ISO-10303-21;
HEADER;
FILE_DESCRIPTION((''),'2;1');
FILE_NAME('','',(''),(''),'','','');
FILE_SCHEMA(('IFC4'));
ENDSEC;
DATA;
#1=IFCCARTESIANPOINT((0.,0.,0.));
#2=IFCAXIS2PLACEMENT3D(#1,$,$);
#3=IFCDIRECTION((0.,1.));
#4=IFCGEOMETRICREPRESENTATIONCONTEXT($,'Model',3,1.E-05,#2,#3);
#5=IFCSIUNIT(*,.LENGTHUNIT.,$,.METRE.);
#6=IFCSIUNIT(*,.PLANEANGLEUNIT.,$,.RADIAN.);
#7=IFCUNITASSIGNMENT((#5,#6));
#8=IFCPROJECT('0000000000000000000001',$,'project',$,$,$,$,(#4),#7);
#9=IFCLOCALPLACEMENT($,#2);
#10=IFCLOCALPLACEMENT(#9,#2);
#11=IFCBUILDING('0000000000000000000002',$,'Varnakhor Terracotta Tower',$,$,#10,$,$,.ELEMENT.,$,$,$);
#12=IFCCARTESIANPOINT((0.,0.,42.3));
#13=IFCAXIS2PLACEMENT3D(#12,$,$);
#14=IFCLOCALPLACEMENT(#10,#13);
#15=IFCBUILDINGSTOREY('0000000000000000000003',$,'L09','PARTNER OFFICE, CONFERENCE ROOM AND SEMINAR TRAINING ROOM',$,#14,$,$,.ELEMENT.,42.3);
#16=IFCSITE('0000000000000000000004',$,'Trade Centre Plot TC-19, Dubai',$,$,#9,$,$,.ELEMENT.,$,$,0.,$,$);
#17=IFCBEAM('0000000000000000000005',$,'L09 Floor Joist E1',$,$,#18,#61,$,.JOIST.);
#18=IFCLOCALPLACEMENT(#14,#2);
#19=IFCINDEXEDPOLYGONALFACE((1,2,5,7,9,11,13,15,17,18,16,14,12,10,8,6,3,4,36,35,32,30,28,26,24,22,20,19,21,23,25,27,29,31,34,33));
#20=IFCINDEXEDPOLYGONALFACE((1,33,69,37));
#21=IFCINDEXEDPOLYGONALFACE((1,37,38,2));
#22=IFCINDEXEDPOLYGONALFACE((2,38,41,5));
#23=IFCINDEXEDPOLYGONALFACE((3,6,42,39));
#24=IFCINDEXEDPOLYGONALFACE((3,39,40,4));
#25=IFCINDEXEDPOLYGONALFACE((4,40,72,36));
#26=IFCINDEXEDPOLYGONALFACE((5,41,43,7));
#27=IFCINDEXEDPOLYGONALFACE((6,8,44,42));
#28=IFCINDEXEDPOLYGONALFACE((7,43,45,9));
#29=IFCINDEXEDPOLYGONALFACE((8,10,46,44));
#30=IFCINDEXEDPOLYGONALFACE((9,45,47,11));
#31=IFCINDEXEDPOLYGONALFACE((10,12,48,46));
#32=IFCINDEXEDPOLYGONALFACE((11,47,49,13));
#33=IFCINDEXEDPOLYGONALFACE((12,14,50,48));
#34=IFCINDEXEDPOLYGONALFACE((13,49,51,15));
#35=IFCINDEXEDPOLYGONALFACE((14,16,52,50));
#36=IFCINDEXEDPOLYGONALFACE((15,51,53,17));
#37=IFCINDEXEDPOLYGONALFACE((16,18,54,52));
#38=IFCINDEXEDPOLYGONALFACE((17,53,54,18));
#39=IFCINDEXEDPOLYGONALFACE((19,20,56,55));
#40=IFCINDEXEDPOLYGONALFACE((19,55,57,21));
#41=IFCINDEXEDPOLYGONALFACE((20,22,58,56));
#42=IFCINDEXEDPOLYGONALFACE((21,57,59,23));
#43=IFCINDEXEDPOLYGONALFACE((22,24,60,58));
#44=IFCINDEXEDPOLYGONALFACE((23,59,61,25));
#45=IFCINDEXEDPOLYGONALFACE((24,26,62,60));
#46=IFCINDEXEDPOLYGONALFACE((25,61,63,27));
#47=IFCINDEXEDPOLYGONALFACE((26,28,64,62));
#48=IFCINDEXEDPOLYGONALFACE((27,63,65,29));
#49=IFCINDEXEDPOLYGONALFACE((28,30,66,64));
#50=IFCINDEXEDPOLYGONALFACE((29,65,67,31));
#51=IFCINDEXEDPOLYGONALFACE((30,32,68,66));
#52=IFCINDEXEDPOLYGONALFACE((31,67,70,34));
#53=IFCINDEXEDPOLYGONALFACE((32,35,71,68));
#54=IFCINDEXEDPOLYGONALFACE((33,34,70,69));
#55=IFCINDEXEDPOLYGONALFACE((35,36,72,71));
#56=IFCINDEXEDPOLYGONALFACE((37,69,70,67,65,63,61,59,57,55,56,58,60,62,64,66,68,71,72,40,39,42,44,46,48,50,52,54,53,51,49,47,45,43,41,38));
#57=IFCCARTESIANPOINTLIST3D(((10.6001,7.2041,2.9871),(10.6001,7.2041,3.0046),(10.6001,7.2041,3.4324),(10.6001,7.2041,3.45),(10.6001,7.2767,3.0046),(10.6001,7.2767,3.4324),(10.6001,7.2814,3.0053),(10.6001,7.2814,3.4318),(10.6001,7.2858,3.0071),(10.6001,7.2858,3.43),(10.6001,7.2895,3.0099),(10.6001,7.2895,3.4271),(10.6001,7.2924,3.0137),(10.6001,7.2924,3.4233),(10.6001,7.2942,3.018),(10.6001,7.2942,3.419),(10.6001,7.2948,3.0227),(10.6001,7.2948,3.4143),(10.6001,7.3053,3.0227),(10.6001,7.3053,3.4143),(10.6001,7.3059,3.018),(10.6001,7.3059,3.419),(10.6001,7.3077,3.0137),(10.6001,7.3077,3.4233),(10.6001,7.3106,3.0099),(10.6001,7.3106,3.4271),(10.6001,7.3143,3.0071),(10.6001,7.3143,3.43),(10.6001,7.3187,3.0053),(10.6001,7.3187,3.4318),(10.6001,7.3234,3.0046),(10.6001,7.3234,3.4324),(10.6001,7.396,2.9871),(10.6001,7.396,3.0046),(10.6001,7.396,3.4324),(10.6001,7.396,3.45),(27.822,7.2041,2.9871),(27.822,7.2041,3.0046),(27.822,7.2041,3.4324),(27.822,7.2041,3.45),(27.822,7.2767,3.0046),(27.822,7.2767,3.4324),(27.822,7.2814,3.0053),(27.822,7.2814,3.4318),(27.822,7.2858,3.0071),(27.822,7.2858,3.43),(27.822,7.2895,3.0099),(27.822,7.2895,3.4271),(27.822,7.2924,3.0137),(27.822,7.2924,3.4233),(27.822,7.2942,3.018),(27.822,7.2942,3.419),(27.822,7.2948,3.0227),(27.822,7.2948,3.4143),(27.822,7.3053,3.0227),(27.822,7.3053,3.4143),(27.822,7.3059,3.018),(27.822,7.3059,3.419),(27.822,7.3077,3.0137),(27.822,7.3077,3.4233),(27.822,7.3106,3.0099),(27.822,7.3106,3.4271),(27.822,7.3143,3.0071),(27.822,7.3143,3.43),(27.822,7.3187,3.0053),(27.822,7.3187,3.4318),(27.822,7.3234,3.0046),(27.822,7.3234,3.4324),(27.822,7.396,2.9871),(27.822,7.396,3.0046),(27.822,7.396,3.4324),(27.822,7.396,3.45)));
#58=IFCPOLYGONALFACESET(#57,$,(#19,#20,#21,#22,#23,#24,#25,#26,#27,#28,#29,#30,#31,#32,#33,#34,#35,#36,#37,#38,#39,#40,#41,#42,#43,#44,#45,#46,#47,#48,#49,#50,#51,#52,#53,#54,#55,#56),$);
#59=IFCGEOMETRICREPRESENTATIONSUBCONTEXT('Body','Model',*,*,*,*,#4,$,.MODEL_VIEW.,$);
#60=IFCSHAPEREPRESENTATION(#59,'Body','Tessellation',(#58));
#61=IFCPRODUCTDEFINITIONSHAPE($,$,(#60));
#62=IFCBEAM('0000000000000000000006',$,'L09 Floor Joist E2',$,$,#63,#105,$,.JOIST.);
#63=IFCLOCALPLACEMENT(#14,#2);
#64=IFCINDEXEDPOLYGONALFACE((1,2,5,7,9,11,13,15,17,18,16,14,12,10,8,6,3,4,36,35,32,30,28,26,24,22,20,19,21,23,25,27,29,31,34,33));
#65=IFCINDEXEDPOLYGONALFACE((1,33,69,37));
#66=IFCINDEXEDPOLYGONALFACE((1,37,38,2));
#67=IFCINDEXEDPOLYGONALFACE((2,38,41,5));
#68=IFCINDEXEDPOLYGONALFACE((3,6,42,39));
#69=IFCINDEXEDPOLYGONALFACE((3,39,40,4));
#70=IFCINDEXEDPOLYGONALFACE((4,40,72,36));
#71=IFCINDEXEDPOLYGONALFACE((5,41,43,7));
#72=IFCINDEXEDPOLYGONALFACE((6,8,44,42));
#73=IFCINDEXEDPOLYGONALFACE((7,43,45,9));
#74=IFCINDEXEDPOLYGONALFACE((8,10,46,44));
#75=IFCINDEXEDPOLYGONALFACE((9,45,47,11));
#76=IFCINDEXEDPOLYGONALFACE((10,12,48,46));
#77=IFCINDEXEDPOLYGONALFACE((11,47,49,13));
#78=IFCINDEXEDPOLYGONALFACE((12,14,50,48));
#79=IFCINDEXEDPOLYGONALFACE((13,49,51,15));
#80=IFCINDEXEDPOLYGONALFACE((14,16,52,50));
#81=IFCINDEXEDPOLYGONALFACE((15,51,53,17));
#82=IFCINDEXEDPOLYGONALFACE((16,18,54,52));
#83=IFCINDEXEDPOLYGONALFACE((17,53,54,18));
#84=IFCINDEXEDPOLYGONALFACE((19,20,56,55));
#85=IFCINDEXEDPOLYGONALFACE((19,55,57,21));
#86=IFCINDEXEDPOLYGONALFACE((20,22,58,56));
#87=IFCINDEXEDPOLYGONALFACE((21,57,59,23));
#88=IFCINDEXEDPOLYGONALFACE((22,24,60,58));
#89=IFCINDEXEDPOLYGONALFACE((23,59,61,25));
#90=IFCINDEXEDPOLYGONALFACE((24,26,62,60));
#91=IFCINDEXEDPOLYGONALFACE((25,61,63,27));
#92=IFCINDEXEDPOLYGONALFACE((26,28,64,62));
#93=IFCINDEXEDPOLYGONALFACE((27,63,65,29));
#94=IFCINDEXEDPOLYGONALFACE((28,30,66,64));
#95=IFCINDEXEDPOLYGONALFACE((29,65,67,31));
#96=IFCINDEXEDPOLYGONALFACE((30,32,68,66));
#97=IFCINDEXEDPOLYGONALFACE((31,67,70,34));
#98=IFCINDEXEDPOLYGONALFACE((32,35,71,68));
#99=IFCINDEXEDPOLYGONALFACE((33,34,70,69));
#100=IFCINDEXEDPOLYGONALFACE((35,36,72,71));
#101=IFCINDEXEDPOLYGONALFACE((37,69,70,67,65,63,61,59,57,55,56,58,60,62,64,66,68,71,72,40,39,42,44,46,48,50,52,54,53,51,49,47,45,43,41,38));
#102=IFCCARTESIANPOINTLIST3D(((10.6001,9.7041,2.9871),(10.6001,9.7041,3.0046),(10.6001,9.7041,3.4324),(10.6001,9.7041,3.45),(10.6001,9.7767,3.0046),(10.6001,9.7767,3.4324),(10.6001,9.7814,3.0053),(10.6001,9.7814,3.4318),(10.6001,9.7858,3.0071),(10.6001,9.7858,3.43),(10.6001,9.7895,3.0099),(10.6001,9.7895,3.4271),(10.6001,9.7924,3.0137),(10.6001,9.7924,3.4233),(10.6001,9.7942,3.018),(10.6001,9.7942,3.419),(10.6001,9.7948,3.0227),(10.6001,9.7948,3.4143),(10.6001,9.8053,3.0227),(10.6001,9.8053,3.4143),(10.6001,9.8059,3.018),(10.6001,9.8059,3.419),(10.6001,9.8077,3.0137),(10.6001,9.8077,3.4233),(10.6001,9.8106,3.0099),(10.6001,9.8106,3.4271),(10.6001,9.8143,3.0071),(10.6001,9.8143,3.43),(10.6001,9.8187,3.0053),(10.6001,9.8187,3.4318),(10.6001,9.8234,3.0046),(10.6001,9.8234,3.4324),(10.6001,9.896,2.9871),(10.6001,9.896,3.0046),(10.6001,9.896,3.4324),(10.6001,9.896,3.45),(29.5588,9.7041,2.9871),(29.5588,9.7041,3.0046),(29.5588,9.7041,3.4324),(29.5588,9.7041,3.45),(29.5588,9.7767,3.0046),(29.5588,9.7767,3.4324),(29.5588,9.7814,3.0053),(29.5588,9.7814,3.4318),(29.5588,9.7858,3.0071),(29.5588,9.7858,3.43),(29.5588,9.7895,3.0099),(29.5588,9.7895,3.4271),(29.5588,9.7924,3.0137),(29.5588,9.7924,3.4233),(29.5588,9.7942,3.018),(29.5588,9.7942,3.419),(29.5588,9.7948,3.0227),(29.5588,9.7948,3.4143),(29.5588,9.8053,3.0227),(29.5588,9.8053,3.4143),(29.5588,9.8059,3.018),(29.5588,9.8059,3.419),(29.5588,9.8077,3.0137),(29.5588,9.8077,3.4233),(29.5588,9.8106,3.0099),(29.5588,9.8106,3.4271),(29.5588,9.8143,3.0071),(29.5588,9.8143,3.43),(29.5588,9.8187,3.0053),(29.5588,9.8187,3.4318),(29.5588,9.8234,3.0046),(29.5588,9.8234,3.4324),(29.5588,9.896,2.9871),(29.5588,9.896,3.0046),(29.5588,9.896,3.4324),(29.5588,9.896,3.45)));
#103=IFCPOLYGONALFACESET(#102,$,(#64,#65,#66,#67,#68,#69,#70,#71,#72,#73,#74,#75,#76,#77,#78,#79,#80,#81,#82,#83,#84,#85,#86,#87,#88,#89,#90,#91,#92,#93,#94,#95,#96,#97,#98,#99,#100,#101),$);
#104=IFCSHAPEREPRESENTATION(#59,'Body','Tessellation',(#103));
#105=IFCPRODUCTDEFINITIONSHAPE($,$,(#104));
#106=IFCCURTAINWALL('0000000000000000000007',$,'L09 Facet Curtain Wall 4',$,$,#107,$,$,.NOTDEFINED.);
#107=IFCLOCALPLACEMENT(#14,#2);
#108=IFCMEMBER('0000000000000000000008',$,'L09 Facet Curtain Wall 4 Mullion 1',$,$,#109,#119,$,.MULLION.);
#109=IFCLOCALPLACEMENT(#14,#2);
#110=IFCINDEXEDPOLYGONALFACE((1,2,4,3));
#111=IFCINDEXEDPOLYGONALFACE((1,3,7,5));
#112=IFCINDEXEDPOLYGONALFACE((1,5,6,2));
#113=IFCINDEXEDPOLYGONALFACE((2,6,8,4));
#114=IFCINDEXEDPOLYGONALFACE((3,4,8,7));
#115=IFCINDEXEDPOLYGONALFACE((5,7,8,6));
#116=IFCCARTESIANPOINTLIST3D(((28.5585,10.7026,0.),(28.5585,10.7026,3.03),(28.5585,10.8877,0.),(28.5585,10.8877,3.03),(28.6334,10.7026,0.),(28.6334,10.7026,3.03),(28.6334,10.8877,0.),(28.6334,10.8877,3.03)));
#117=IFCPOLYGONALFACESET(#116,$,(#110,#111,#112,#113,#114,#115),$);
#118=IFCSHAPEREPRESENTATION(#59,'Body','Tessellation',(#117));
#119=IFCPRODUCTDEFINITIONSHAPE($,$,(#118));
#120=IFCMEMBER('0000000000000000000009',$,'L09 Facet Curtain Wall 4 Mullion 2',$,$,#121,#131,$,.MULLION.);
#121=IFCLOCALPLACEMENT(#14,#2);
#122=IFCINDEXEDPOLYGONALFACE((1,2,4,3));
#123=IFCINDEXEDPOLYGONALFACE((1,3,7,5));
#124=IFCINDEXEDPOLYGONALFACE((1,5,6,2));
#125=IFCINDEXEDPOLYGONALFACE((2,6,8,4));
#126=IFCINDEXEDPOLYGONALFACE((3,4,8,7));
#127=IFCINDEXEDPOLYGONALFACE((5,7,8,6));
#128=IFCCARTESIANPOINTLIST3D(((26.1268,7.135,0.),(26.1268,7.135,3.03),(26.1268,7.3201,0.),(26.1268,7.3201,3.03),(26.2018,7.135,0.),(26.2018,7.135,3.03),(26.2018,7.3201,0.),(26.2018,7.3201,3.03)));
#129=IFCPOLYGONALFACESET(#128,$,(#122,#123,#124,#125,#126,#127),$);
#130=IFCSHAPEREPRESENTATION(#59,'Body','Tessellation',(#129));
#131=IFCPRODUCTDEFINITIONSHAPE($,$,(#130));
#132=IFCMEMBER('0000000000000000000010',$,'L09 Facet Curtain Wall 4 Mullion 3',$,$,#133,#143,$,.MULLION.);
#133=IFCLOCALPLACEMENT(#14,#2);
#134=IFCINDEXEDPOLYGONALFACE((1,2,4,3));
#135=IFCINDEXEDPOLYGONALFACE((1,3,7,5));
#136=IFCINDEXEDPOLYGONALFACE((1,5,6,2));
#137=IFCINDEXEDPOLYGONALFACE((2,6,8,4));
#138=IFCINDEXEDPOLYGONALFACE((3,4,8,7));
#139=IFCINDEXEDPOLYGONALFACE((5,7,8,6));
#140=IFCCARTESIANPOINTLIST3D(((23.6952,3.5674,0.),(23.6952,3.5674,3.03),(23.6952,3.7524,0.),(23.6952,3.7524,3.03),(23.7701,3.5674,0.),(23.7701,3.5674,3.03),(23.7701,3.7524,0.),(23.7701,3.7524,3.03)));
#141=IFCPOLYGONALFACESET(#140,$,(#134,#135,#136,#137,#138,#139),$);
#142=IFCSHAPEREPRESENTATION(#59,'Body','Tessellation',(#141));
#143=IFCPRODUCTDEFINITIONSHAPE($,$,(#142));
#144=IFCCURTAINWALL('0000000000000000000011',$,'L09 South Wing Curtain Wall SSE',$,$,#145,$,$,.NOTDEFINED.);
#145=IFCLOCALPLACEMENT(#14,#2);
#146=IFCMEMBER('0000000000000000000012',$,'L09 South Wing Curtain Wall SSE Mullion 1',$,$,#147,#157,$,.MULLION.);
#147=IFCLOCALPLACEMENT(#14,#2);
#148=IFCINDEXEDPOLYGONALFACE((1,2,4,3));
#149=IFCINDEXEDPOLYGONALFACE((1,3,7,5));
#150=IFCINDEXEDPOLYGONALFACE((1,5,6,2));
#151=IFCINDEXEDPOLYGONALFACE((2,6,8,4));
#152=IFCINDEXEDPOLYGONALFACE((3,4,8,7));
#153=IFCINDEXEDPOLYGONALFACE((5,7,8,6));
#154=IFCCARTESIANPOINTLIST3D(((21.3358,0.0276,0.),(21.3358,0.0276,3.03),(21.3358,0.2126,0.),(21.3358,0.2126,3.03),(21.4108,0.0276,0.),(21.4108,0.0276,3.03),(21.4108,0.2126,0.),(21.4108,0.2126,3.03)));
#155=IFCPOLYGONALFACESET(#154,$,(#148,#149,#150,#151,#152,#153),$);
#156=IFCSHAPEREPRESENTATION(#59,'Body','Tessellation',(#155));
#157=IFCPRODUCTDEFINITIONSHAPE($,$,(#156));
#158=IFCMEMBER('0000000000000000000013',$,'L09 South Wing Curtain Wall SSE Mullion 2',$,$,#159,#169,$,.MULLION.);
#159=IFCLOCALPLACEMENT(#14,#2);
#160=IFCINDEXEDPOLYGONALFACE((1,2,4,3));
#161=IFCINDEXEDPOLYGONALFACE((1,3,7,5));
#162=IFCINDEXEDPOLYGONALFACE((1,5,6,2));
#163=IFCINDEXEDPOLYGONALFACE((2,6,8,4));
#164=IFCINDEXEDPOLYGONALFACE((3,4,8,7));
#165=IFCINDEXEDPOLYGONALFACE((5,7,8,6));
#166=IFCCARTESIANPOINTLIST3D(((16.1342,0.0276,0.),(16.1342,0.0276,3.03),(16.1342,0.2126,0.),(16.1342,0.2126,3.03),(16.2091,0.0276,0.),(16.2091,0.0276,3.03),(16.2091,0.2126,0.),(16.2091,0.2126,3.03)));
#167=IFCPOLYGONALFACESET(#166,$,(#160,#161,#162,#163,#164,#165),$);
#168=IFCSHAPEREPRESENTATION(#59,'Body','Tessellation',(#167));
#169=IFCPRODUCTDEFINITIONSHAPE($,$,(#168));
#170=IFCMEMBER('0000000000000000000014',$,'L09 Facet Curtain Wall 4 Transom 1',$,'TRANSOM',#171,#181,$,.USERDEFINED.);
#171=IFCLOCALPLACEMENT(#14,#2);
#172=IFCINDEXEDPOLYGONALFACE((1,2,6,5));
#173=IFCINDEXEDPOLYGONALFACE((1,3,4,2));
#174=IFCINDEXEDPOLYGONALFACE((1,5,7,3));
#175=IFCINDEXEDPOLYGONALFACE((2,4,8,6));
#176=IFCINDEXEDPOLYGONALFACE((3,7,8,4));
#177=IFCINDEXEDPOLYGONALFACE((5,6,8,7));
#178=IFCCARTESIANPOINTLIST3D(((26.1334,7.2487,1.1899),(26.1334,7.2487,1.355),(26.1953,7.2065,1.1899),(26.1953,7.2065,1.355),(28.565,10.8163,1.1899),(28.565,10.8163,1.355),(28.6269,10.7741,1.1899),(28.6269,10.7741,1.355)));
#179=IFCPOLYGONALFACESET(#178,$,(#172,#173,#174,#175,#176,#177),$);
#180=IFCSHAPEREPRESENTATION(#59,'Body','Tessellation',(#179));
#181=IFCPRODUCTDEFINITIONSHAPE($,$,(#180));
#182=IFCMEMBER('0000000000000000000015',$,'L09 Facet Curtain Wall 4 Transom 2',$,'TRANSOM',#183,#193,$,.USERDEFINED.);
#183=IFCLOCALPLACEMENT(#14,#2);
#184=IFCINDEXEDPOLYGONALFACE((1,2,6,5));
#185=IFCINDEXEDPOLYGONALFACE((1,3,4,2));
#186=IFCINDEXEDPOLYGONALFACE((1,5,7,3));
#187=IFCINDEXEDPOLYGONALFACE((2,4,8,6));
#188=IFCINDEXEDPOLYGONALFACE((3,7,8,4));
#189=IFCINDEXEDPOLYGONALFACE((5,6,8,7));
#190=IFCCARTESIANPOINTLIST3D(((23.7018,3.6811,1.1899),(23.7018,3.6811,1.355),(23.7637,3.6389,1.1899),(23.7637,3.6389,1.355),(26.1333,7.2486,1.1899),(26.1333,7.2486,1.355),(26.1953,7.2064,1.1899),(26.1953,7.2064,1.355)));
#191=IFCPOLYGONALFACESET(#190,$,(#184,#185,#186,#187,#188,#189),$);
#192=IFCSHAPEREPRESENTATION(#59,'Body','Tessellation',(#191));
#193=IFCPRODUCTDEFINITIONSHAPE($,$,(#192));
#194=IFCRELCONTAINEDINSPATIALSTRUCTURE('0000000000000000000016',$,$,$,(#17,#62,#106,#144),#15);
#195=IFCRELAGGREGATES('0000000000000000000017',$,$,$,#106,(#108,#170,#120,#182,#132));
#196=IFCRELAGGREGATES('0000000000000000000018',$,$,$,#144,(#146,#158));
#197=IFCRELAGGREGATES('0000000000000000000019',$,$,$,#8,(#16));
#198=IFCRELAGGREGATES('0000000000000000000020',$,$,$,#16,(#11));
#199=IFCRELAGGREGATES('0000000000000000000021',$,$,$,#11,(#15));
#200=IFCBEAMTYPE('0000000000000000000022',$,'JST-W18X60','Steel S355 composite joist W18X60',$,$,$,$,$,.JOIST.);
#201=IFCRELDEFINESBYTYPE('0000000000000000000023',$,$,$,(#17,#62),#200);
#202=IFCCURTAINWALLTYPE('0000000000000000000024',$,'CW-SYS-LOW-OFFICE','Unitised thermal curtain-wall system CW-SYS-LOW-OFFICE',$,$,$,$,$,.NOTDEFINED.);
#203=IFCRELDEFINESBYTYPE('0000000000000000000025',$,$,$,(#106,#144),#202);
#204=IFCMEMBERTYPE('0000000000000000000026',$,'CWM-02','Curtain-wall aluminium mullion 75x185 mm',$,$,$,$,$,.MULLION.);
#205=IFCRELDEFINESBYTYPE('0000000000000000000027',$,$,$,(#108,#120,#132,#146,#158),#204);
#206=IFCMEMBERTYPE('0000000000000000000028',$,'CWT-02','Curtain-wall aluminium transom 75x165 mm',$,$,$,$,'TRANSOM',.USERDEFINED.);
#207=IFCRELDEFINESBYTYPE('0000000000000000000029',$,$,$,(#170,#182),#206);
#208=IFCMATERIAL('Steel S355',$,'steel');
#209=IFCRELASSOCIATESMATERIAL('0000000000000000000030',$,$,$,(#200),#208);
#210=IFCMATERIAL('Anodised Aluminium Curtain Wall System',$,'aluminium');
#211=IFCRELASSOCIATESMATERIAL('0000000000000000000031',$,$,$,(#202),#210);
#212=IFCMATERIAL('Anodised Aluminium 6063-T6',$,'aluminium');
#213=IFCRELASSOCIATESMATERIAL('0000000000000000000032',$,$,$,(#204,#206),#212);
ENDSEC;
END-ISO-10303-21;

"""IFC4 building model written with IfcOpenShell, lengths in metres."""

from ifc_helpers import new_model, si_unit, direction, frame, origin, origin_2d, place, context, subcontext, project, spatial, rectangle, i_section, extrude, source, transform, mapped, material, material_profile, profile_set, type_object, type_shapes, element, aggregate, save


model = new_model("IFC4")

# Units and contexts
model_context = context("Model", 3, precision=1e-05, world=origin(), true_north=direction((0.0, 1.0)))
body_context = subcontext(model_context, "Body", "Model", "MODEL_VIEW")
ifc_project = project(units=[si_unit("LENGTHUNIT", "METRE"), si_unit("PLANEANGLEUNIT", "RADIAN")], contexts=[model_context])

# Site, building, storey
site_placement = place(None, origin())
site = spatial("IfcSite", under=ifc_project, at=site_placement, Name="Trade Centre Plot TC-19, Dubai", CompositionType="ELEMENT", RefElevation=0.0)
building_placement = place(site_placement, origin())
building = spatial("IfcBuilding", under=site, at=building_placement, Name="Varnakhor Terracotta Tower", CompositionType="ELEMENT")
storey_placement = place(building_placement, frame((0.0, 0.0, 42.3)))
storey = spatial("IfcBuildingStorey", under=building, at=storey_placement, Name="L09", Description="PARTNER OFFICE, CONFERENCE ROOM AND SEMINAR TRAINING ROOM", CompositionType="ELEMENT", Elevation=42.3)

# Beams
ifc_material_1 = material(Name="Steel S355", Category="steel")
ifc_material_profile_1 = material_profile(ifc_material_1, i_section(OverallWidth=0.1919, OverallDepth=0.4629, WebThickness=0.0105, FlangeThickness=0.0176, FilletRadius=0.0181, at=origin_2d()), Name="W18X60")
ifc_profile_set_1 = profile_set([ifc_material_profile_1], Name="Steel S355")
beam_type_1 = type_object("IfcBeamType", Name="JST-W18X60", Description="Steel S355 composite joist W18X60", PredefinedType="JOIST", material=ifc_profile_set_1)
shared_shape_1 = source(origin(), body_context, "Body", "SweptSolid", [
    extrude(i_section(OverallWidth=0.1919, OverallDepth=0.4629, WebThickness=0.0105, FlangeThickness=0.0176, FilletRadius=0.0181, at=origin_2d()), origin(), (0.0, 0.0, 1.0), 17.2219),
])
beam_1_placement = place(storey_placement, frame((10.6001, 7.3, 3.2185), z_axis=(1.0, 0.0, 0.0), x_axis=(0.0, 1.0, 0.0)))
element("IfcBeam", 1, at=beam_1_placement, inside=storey, type_object=beam_type_1, Name="L09 Floor Joist E1", PredefinedType="JOIST", context=body_context, shape_type="MappedRepresentation", body=[
    mapped(shared_shape_1, transform((0.0, 0.0, 0.0), scale=1.0)),
])
shared_shape_2 = source(origin(), body_context, "Body", "SweptSolid", [
    extrude(i_section(OverallWidth=0.1919, OverallDepth=0.4629, WebThickness=0.0105, FlangeThickness=0.0176, FilletRadius=0.0181, at=origin_2d()), origin(), (0.0, 0.0, 1.0), 18.9587),
])
beam_2_placement = place(storey_placement, frame((10.6001, 9.8, 3.2185), z_axis=(1.0, 0.0, 0.0), x_axis=(0.0, 1.0, 0.0)))
element("IfcBeam", 2, at=beam_2_placement, inside=storey, type_object=beam_type_1, Name="L09 Floor Joist E2", PredefinedType="JOIST", context=body_context, shape_type="MappedRepresentation", body=[
    mapped(shared_shape_2, transform((0.0, 0.0, 0.0), scale=1.0)),
])

# Curtain walls, members
ifc_material_2 = material(Name="Anodised Aluminium Curtain Wall System", Category="aluminium")
curtain_wall_type = type_object("IfcCurtainWallType", Name="CW-SYS-LOW-OFFICE", Description="Unitised thermal curtain-wall system CW-SYS-LOW-OFFICE", PredefinedType="NOTDEFINED", material=ifc_material_2)
curtain_wall_1_placement = place(storey_placement, origin())
curtain_wall_1 = element("IfcCurtainWall", 3, at=curtain_wall_1_placement, inside=storey, type_object=curtain_wall_type, Name="L09 Facet Curtain Wall 4", PredefinedType="NOTDEFINED")
ifc_material_3 = material(Name="Anodised Aluminium 6063-T6", Category="aluminium")
ifc_material_profile_2 = material_profile(ifc_material_3, rectangle(XDim=0.075, YDim=0.1851, at=origin_2d()), Name="ALU MULLION 75x185")
ifc_profile_set_2 = profile_set([ifc_material_profile_2], Name="Anodised Aluminium 6063-T6")
member_type_1 = type_object("IfcMemberType", Name="CWM-02", Description="Curtain-wall aluminium mullion 75x185 mm", PredefinedType="MULLION", material=ifc_profile_set_2)
shared_shape_3 = source(origin(), body_context, "Body", "SweptSolid", [
    extrude(rectangle(XDim=0.075, YDim=0.1851, at=origin_2d()), origin(), (0.0, 0.0, 1.0), 3.03),
])
type_shapes(member_type_1, [shared_shape_3])
member_1_placement = place(storey_placement, frame((28.5959, 10.7952, 0.0), z_axis=(0.0, 0.0, 1.0), x_axis=(1.0, 0.0, 0.0)))
member_1 = element("IfcMember", 4, at=member_1_placement, type_object=member_type_1, Name="L09 Facet Curtain Wall 4 Mullion 1", PredefinedType="MULLION", context=body_context, shape_type="MappedRepresentation", body=[
    mapped(shared_shape_3, transform((0.0, 0.0, 0.0), scale=1.0)),
])
member_2_placement = place(storey_placement, frame((26.1643, 7.2275, 0.0), z_axis=(0.0, 0.0, 1.0), x_axis=(1.0, 0.0, 0.0)))
member_2 = element("IfcMember", 5, at=member_2_placement, type_object=member_type_1, Name="L09 Facet Curtain Wall 4 Mullion 2", PredefinedType="MULLION", context=body_context, shape_type="MappedRepresentation", body=[
    mapped(shared_shape_3, transform((0.0, 0.0, 0.0), scale=1.0)),
])
member_3_placement = place(storey_placement, frame((23.7327, 3.6599, 0.0), z_axis=(0.0, 0.0, 1.0), x_axis=(1.0, 0.0, 0.0)))
member_3 = element("IfcMember", 6, at=member_3_placement, type_object=member_type_1, Name="L09 Facet Curtain Wall 4 Mullion 3", PredefinedType="MULLION", context=body_context, shape_type="MappedRepresentation", body=[
    mapped(shared_shape_3, transform((0.0, 0.0, 0.0), scale=1.0)),
])
curtain_wall_2_placement = place(storey_placement, origin())
curtain_wall_2 = element("IfcCurtainWall", 7, at=curtain_wall_2_placement, inside=storey, type_object=curtain_wall_type, Name="L09 South Wing Curtain Wall SSE", PredefinedType="NOTDEFINED")
member_4_placement = place(storey_placement, frame((21.3733, 0.1201, 0.0), z_axis=(0.0, 0.0, 1.0), x_axis=(1.0, 0.0, 0.0)))
member_4 = element("IfcMember", 8, at=member_4_placement, type_object=member_type_1, Name="L09 South Wing Curtain Wall SSE Mullion 1", PredefinedType="MULLION", context=body_context, shape_type="MappedRepresentation", body=[
    mapped(shared_shape_3, transform((0.0, 0.0, 0.0), scale=1.0)),
])
member_5_placement = place(storey_placement, frame((16.1716, 0.1201, 0.0), z_axis=(0.0, 0.0, 1.0), x_axis=(1.0, 0.0, 0.0)))
member_5 = element("IfcMember", 9, at=member_5_placement, type_object=member_type_1, Name="L09 South Wing Curtain Wall SSE Mullion 2", PredefinedType="MULLION", context=body_context, shape_type="MappedRepresentation", body=[
    mapped(shared_shape_3, transform((0.0, 0.0, 0.0), scale=1.0)),
])

# Members
ifc_material_profile_3 = material_profile(ifc_material_3, rectangle(XDim=0.075, YDim=0.165, at=origin_2d()), Name="ALU TRANSOM 75x165")
ifc_profile_set_3 = profile_set([ifc_material_profile_3], Name="Anodised Aluminium 6063-T6")
member_type_2 = type_object("IfcMemberType", Name="CWT-02", Description="Curtain-wall aluminium transom 75x165 mm", ElementType="TRANSOM", PredefinedType="USERDEFINED", material=ifc_profile_set_3)
shared_shape_4 = source(origin(), body_context, "Body", "SweptSolid", [
    extrude(rectangle(XDim=0.075, YDim=0.165, at=origin_2d()), origin(), (0.0, 0.0, 1.0), 4.3174),
])
member_6_placement = place(storey_placement, frame((28.5959, 10.7952, 1.2725), z_axis=(-0.563205, -0.826317, 0.0), x_axis=(0.826317, -0.563205, 0.0)))
member_6 = element("IfcMember", 10, at=member_6_placement, type_object=member_type_2, Name="L09 Facet Curtain Wall 4 Transom 1", ObjectType="TRANSOM", PredefinedType="USERDEFINED", context=body_context, shape_type="MappedRepresentation", body=[
    mapped(shared_shape_4, transform((0.0, 0.0, 0.0), scale=1.0)),
])
member_7_placement = place(storey_placement, frame((26.1643, 7.2275, 1.2725), z_axis=(-0.563205, -0.826317, 0.0), x_axis=(0.826317, -0.563205, 0.0)))
member_7 = element("IfcMember", 11, at=member_7_placement, type_object=member_type_2, Name="L09 Facet Curtain Wall 4 Transom 2", ObjectType="TRANSOM", PredefinedType="USERDEFINED", context=body_context, shape_type="MappedRepresentation", body=[
    mapped(shared_shape_4, transform((0.0, 0.0, 0.0), scale=1.0)),
])

aggregate(curtain_wall_1, [member_1, member_6, member_2, member_7, member_3])
aggregate(curtain_wall_2, [member_4, member_5])

save(model, "model.ifc")
